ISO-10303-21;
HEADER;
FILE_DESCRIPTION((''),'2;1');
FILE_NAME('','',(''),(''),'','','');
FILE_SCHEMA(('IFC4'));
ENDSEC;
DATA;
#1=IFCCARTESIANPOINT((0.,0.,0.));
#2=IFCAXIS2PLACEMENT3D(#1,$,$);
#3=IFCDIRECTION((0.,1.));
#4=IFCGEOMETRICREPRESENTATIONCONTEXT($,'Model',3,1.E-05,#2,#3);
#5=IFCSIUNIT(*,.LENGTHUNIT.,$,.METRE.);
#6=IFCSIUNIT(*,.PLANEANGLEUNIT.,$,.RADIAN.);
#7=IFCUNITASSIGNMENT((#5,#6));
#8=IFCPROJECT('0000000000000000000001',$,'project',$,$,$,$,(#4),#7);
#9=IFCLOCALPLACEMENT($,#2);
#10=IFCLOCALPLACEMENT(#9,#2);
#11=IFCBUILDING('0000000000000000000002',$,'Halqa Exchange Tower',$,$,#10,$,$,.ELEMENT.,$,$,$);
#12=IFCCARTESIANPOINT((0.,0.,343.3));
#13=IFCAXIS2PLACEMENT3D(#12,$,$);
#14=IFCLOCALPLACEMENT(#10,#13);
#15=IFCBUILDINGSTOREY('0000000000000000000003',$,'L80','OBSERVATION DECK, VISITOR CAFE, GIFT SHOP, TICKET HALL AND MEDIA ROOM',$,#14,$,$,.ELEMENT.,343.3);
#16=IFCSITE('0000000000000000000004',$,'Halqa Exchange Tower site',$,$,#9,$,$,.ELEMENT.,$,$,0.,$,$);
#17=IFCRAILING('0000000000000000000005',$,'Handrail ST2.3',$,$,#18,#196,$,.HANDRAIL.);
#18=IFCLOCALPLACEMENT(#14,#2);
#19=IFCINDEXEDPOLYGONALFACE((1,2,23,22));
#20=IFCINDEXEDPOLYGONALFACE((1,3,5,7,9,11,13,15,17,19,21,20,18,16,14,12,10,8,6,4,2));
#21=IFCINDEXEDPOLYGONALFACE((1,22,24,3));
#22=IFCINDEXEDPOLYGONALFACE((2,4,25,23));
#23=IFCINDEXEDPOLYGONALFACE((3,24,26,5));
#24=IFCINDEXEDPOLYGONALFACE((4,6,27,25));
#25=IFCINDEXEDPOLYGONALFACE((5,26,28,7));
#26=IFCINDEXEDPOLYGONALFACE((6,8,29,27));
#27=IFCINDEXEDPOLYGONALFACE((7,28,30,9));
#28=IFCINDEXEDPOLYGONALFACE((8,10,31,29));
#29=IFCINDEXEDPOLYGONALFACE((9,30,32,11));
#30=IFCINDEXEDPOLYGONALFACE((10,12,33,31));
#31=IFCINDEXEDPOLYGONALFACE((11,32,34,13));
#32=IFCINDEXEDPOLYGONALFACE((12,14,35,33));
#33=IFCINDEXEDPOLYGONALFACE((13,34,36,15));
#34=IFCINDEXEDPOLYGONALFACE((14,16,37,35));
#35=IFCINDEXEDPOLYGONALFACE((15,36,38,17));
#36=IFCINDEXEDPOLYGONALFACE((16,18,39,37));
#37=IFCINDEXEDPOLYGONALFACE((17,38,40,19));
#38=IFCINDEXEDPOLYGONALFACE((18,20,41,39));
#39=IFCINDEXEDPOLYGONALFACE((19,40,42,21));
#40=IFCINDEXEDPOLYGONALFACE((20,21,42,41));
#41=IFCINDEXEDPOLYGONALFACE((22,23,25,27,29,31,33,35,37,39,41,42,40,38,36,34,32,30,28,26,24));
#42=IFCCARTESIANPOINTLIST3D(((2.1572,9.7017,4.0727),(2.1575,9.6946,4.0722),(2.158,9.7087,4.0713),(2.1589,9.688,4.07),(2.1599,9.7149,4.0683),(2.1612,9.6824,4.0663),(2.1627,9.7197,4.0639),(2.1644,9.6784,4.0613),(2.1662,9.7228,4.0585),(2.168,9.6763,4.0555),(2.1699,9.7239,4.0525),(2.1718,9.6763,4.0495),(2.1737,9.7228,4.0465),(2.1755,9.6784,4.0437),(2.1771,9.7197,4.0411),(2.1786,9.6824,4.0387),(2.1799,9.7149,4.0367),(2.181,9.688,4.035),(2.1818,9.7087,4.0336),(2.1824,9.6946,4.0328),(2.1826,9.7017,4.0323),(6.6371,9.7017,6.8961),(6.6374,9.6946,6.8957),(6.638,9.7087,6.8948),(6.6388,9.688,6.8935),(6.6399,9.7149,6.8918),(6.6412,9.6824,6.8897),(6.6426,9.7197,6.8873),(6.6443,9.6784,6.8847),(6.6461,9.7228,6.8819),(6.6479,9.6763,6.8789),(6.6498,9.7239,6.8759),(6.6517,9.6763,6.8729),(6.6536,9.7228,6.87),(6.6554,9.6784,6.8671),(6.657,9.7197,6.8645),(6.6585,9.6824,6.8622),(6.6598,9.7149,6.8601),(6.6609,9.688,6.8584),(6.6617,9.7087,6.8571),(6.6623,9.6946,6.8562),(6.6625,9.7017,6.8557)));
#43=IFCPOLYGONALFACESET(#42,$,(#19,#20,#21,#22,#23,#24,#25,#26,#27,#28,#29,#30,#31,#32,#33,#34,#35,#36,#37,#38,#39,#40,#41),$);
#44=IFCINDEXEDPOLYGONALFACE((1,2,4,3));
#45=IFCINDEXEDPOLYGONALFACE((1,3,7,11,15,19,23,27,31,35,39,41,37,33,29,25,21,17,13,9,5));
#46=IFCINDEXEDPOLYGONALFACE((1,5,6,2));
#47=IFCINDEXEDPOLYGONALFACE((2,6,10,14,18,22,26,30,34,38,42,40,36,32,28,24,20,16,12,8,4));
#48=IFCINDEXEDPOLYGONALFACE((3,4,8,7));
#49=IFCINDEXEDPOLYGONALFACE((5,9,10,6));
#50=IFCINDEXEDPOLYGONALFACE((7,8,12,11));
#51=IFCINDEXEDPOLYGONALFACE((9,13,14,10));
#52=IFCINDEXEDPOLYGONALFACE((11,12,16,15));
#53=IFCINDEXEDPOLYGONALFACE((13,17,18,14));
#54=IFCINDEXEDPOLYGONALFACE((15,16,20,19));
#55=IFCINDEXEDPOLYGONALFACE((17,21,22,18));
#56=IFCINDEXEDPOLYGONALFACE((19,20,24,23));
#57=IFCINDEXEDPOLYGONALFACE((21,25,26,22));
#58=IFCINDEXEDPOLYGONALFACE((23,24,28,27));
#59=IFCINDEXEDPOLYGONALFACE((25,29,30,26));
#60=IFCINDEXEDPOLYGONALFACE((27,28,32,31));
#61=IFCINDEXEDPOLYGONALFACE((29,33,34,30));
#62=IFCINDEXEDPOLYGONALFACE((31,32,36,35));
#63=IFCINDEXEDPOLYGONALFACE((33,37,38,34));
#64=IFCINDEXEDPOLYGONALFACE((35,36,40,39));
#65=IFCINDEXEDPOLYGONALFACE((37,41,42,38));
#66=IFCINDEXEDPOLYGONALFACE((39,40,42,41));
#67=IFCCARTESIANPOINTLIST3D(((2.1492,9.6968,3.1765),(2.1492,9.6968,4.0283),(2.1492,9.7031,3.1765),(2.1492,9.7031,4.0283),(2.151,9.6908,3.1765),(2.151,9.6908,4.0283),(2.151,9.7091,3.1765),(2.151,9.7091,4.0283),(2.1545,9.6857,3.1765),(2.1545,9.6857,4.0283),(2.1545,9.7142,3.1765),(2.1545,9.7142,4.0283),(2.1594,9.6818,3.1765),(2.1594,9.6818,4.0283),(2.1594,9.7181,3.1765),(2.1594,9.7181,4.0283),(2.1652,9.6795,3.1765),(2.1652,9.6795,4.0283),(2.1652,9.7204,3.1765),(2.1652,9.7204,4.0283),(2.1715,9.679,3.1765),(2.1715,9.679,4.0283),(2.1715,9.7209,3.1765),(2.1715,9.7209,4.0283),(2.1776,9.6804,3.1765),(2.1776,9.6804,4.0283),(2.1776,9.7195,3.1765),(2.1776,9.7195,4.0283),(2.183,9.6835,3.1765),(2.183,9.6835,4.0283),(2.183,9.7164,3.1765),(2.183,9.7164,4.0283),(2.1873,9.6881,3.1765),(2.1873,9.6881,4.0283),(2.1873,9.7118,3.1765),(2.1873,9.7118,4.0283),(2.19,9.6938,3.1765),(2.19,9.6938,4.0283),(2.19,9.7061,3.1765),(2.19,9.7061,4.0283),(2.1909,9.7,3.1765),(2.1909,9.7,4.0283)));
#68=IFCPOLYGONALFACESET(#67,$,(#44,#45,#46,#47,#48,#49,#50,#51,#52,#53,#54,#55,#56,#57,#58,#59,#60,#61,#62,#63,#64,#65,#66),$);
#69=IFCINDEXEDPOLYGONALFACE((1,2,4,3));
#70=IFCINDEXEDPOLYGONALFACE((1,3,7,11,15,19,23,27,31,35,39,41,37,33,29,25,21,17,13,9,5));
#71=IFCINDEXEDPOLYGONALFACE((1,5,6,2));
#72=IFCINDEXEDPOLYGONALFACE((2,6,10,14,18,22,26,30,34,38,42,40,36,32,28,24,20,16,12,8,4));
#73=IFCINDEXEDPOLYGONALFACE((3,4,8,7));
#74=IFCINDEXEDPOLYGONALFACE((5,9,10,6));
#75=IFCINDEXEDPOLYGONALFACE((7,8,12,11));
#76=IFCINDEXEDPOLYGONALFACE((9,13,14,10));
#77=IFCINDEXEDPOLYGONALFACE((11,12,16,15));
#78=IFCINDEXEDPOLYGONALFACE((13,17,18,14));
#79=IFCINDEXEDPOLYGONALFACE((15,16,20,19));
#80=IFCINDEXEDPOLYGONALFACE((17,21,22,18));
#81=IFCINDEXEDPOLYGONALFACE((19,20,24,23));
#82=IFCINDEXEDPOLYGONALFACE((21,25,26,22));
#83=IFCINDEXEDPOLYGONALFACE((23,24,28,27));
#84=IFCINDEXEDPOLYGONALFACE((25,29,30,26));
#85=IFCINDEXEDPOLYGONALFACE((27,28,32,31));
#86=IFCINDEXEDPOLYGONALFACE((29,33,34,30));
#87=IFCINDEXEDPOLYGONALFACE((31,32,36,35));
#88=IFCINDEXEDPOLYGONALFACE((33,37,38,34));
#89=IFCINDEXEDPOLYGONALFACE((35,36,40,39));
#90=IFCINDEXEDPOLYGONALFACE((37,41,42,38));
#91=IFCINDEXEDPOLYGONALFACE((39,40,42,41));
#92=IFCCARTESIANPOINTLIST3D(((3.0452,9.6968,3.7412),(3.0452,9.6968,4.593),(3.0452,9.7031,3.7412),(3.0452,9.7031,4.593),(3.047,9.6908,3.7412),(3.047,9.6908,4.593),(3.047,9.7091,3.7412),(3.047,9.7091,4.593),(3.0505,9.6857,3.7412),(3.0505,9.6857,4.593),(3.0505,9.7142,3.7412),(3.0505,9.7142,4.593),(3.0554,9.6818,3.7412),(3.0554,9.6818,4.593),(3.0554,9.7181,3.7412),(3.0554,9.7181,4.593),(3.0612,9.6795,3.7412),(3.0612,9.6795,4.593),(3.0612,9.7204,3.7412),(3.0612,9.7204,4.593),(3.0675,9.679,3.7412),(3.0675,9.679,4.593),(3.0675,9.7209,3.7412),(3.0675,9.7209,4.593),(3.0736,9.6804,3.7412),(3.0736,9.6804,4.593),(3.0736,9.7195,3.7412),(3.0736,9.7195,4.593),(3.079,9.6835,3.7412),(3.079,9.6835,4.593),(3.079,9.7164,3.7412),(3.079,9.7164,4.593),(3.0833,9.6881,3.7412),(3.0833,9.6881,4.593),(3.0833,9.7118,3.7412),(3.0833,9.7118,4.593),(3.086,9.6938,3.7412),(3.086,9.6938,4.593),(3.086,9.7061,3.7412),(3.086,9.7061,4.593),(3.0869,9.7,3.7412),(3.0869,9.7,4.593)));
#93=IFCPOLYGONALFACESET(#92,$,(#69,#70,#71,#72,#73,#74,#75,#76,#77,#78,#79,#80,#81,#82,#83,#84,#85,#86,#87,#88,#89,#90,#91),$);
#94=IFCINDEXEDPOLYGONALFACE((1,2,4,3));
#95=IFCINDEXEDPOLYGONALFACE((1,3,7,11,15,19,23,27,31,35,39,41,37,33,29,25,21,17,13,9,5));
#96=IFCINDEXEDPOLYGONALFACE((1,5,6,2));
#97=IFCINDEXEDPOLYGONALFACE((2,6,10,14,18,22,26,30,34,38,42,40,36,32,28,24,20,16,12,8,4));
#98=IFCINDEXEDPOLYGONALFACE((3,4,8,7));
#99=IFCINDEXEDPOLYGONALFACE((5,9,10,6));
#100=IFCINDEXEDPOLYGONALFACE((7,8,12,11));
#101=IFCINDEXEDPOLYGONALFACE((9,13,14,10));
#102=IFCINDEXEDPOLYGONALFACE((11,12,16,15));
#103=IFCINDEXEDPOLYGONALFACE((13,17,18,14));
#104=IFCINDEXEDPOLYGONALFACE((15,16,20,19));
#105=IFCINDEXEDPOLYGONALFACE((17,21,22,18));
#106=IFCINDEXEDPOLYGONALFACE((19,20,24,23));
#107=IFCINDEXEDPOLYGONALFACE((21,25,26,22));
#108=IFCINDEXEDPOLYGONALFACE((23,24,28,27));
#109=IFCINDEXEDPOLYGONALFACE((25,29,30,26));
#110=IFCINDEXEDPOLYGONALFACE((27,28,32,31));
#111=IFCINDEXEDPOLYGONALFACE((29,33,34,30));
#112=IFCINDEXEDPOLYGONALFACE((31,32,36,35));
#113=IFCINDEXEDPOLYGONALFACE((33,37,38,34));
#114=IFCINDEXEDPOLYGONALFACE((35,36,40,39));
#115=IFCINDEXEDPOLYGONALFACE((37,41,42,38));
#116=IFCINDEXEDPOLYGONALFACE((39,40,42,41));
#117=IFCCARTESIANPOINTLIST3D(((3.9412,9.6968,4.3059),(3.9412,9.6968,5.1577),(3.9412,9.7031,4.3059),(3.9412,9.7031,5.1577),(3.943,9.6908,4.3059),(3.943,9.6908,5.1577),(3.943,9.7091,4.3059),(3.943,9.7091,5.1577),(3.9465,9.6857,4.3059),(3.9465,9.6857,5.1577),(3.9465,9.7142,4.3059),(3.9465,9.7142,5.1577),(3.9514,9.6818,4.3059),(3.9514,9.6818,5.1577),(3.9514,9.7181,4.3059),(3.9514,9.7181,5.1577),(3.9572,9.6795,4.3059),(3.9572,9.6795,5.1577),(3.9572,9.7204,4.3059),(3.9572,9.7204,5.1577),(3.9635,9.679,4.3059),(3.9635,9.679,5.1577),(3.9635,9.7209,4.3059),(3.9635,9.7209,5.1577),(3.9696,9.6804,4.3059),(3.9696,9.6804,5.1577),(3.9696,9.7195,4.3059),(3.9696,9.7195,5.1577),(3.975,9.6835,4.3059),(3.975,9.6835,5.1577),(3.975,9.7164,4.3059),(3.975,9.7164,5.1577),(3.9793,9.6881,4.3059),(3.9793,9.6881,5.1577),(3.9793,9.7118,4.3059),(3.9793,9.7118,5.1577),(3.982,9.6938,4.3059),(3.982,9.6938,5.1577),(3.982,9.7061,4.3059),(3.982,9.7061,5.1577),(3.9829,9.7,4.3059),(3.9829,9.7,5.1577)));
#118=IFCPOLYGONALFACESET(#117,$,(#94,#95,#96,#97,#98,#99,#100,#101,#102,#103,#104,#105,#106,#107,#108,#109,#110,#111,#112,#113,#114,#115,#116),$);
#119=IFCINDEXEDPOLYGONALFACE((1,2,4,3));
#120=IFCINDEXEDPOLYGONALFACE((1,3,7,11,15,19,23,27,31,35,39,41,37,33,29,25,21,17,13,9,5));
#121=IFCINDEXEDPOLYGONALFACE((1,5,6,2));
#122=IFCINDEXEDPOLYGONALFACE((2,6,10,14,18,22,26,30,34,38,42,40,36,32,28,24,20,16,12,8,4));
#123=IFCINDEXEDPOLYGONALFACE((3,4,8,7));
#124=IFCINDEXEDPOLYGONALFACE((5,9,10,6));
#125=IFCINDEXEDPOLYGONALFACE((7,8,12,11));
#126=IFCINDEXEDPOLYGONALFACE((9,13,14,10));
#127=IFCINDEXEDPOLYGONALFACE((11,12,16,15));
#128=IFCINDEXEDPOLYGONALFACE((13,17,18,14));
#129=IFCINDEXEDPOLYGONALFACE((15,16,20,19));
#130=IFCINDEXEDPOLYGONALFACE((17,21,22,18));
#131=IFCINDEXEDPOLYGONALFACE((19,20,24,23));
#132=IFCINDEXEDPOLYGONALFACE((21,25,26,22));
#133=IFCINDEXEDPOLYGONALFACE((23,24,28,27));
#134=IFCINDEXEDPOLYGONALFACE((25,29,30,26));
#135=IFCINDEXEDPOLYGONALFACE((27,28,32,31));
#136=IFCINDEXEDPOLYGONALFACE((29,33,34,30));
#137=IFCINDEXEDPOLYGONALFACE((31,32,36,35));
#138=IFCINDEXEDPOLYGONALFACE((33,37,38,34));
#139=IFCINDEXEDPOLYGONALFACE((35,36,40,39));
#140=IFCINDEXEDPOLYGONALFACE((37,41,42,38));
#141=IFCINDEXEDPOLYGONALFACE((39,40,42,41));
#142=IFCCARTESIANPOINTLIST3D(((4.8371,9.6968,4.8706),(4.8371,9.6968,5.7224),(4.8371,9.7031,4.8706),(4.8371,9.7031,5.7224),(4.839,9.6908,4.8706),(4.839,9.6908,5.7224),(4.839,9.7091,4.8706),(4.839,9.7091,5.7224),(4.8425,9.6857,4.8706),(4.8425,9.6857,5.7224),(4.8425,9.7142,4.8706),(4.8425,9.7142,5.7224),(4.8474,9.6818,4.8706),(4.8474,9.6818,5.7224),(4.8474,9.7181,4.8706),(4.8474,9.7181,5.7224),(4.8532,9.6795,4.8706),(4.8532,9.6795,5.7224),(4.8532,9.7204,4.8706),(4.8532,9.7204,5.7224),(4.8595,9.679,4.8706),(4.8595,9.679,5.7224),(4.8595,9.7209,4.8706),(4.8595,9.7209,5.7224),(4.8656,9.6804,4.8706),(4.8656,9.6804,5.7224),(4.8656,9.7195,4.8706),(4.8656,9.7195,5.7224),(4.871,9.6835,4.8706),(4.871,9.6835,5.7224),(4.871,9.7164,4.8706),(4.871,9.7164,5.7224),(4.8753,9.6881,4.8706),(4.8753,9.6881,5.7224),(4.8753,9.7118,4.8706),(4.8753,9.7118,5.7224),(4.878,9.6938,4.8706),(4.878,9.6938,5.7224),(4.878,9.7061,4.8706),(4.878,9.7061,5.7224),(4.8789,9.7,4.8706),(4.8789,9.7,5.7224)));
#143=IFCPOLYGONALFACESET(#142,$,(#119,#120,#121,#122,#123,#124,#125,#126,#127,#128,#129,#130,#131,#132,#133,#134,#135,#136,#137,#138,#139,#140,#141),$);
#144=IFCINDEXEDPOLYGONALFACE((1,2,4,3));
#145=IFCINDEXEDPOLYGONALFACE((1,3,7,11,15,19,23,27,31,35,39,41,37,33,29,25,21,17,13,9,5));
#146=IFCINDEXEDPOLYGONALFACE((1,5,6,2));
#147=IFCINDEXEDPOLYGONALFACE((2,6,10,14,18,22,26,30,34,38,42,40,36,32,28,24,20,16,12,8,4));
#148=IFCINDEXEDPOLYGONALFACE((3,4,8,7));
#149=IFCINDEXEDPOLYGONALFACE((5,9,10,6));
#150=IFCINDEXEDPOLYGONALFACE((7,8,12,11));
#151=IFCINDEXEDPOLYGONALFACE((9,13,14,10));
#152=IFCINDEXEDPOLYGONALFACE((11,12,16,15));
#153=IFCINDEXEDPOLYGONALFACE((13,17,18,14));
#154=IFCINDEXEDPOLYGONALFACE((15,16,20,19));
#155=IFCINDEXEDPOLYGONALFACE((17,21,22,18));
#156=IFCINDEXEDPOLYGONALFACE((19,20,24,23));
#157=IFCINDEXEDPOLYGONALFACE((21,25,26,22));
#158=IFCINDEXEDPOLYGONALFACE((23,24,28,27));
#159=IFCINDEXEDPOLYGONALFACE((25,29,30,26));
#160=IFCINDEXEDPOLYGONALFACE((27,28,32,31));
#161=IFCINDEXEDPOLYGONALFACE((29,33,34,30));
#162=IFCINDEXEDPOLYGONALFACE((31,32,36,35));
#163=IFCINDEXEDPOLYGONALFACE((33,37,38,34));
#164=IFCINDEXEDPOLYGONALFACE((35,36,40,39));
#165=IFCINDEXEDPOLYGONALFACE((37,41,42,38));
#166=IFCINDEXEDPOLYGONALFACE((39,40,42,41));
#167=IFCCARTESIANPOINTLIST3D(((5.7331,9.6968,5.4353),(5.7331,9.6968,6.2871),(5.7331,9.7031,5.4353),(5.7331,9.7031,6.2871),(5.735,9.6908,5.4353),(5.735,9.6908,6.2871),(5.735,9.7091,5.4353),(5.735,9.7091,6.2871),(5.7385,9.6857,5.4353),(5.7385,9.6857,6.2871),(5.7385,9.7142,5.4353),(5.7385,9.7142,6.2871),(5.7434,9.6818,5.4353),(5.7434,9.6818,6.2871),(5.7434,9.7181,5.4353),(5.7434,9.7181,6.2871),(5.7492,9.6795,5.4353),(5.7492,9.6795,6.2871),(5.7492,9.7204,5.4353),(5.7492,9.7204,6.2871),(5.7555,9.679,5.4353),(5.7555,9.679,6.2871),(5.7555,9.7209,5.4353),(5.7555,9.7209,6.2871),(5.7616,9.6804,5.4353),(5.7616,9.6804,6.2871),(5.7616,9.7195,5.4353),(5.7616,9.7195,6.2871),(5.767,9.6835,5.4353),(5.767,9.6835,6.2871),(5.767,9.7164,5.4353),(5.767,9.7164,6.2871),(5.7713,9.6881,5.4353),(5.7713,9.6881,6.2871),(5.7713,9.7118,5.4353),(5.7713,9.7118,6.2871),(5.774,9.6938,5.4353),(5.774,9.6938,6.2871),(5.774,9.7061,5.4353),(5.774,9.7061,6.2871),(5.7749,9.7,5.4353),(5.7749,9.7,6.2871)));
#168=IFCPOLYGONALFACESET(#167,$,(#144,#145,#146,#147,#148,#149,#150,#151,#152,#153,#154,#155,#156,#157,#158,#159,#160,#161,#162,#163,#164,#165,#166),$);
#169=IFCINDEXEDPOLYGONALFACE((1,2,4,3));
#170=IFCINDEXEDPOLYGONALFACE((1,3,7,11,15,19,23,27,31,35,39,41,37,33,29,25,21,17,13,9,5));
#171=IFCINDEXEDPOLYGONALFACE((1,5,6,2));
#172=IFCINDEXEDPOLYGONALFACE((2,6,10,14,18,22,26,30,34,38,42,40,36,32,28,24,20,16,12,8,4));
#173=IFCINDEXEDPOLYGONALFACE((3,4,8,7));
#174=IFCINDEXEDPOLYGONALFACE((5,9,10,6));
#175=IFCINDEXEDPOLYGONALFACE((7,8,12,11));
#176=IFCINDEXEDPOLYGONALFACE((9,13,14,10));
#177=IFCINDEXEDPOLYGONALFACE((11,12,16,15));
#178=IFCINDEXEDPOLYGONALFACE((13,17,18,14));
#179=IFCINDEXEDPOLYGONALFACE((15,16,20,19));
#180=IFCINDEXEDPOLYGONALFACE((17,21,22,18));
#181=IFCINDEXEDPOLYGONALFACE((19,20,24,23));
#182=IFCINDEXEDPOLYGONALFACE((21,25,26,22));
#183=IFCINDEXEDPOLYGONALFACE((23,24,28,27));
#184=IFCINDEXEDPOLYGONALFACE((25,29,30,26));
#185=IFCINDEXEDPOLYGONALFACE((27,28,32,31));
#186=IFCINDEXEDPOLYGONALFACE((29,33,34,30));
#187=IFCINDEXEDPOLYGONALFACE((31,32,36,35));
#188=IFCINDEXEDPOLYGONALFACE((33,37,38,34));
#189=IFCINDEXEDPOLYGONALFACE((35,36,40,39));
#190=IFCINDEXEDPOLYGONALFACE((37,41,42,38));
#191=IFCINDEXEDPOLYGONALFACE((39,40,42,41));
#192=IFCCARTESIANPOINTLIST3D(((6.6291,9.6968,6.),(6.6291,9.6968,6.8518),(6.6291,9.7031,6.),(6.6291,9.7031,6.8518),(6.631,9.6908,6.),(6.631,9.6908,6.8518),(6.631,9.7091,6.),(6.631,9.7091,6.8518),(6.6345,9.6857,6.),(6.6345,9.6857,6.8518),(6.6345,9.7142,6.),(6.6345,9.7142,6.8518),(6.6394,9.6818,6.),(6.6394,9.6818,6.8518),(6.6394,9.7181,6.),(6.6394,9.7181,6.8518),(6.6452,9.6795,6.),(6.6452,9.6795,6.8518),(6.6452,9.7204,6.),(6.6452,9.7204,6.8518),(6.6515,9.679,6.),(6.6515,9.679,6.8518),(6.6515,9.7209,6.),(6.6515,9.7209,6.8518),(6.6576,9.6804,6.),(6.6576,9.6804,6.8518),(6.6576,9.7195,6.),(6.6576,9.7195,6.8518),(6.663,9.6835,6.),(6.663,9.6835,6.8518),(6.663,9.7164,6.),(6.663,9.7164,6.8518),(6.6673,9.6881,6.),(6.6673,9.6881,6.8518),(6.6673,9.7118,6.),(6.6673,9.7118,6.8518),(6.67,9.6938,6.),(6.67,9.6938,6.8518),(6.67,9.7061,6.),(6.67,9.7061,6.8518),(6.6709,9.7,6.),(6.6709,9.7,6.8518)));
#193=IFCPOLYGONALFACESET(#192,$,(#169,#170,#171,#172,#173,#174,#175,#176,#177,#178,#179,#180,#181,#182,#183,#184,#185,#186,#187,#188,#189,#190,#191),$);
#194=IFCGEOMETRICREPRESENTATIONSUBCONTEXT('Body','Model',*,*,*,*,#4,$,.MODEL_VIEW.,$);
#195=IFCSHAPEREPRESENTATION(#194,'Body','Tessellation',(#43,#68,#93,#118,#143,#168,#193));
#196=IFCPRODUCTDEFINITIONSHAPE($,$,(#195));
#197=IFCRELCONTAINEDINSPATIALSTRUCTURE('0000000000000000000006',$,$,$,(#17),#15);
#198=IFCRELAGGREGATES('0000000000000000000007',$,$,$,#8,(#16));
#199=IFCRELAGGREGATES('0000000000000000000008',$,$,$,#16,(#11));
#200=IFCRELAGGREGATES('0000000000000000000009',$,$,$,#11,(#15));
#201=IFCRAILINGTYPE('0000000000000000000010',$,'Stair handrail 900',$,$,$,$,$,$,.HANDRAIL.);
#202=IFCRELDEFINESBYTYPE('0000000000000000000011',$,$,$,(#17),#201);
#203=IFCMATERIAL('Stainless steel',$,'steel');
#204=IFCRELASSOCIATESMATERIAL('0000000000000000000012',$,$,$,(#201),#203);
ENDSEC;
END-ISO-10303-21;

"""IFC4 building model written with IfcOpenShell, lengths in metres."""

from ifc_helpers import new_model, si_unit, direction, frame, origin, origin_2d, place, context, subcontext, project, spatial, circle, extrude, material, type_object, element, save


model = new_model("IFC4")

# Units and contexts
model_context = context("Model", 3, precision=1e-05, world=origin(), true_north=direction((0.0, 1.0)))
body_context = subcontext(model_context, "Body", "Model", "MODEL_VIEW")
ifc_project = project(units=[si_unit("LENGTHUNIT", "METRE"), si_unit("PLANEANGLEUNIT", "RADIAN")], contexts=[model_context])

# Site, building, storey
site_placement = place(None, origin())
site = spatial("IfcSite", under=ifc_project, at=site_placement, Name="Halqa Exchange Tower site", CompositionType="ELEMENT", RefElevation=0.0)
building_placement = place(site_placement, origin())
building = spatial("IfcBuilding", under=site, at=building_placement, Name="Halqa Exchange Tower", CompositionType="ELEMENT")
storey_placement = place(building_placement, frame((0.0, 0.0, 343.3)))
storey = spatial("IfcBuildingStorey", under=building, at=storey_placement, Name="L80", Description="OBSERVATION DECK, VISITOR CAFE, GIFT SHOP, TICKET HALL AND MEDIA ROOM", CompositionType="ELEMENT", Elevation=343.3)

# Railing
ifc_material_1 = material(Name="Stainless steel", Category="steel")
railing_type_1 = type_object("IfcRailingType", Name="Stair handrail 900", PredefinedType="HANDRAIL", material=ifc_material_1)
railing_1_placement = place(storey_placement, frame((2.1699, 9.7, 3.1765)))
element("IfcRailing", 1, at=railing_1_placement, inside=storey, type_object=railing_type_1, Name="Handrail ST2.3", PredefinedType="HANDRAIL", context=body_context, shape_type="SweptSolid", body=[
    extrude(circle(Radius=0.0239, at=origin_2d()), frame((0.0, 0.0, 0.876), z_axis=(0.845998, 0.0, 0.533186), x_axis=(0.0, 1.0, 0.0)), (0.0, 0.0, 1.0), 5.2954),
    extrude(circle(Radius=0.021, at=origin_2d()), origin(), (0.0, 0.0, 1.0), 0.8518),
    extrude(circle(Radius=0.021, at=origin_2d()), frame((0.896, 0.0, 0.5647)), (0.0, 0.0, 1.0), 0.8518),
    extrude(circle(Radius=0.021, at=origin_2d()), frame((1.792, 0.0, 1.1294)), (0.0, 0.0, 1.0), 0.8518),
    extrude(circle(Radius=0.021, at=origin_2d()), frame((2.688, 0.0, 1.6941)), (0.0, 0.0, 1.0), 0.8518),
    extrude(circle(Radius=0.021, at=origin_2d()), frame((3.584, 0.0, 2.2588)), (0.0, 0.0, 1.0), 0.8518),
    extrude(circle(Radius=0.021, at=origin_2d()), frame((4.48, 0.0, 2.8235)), (0.0, 0.0, 1.0), 0.8518),
])

save(model, "model.ifc")
